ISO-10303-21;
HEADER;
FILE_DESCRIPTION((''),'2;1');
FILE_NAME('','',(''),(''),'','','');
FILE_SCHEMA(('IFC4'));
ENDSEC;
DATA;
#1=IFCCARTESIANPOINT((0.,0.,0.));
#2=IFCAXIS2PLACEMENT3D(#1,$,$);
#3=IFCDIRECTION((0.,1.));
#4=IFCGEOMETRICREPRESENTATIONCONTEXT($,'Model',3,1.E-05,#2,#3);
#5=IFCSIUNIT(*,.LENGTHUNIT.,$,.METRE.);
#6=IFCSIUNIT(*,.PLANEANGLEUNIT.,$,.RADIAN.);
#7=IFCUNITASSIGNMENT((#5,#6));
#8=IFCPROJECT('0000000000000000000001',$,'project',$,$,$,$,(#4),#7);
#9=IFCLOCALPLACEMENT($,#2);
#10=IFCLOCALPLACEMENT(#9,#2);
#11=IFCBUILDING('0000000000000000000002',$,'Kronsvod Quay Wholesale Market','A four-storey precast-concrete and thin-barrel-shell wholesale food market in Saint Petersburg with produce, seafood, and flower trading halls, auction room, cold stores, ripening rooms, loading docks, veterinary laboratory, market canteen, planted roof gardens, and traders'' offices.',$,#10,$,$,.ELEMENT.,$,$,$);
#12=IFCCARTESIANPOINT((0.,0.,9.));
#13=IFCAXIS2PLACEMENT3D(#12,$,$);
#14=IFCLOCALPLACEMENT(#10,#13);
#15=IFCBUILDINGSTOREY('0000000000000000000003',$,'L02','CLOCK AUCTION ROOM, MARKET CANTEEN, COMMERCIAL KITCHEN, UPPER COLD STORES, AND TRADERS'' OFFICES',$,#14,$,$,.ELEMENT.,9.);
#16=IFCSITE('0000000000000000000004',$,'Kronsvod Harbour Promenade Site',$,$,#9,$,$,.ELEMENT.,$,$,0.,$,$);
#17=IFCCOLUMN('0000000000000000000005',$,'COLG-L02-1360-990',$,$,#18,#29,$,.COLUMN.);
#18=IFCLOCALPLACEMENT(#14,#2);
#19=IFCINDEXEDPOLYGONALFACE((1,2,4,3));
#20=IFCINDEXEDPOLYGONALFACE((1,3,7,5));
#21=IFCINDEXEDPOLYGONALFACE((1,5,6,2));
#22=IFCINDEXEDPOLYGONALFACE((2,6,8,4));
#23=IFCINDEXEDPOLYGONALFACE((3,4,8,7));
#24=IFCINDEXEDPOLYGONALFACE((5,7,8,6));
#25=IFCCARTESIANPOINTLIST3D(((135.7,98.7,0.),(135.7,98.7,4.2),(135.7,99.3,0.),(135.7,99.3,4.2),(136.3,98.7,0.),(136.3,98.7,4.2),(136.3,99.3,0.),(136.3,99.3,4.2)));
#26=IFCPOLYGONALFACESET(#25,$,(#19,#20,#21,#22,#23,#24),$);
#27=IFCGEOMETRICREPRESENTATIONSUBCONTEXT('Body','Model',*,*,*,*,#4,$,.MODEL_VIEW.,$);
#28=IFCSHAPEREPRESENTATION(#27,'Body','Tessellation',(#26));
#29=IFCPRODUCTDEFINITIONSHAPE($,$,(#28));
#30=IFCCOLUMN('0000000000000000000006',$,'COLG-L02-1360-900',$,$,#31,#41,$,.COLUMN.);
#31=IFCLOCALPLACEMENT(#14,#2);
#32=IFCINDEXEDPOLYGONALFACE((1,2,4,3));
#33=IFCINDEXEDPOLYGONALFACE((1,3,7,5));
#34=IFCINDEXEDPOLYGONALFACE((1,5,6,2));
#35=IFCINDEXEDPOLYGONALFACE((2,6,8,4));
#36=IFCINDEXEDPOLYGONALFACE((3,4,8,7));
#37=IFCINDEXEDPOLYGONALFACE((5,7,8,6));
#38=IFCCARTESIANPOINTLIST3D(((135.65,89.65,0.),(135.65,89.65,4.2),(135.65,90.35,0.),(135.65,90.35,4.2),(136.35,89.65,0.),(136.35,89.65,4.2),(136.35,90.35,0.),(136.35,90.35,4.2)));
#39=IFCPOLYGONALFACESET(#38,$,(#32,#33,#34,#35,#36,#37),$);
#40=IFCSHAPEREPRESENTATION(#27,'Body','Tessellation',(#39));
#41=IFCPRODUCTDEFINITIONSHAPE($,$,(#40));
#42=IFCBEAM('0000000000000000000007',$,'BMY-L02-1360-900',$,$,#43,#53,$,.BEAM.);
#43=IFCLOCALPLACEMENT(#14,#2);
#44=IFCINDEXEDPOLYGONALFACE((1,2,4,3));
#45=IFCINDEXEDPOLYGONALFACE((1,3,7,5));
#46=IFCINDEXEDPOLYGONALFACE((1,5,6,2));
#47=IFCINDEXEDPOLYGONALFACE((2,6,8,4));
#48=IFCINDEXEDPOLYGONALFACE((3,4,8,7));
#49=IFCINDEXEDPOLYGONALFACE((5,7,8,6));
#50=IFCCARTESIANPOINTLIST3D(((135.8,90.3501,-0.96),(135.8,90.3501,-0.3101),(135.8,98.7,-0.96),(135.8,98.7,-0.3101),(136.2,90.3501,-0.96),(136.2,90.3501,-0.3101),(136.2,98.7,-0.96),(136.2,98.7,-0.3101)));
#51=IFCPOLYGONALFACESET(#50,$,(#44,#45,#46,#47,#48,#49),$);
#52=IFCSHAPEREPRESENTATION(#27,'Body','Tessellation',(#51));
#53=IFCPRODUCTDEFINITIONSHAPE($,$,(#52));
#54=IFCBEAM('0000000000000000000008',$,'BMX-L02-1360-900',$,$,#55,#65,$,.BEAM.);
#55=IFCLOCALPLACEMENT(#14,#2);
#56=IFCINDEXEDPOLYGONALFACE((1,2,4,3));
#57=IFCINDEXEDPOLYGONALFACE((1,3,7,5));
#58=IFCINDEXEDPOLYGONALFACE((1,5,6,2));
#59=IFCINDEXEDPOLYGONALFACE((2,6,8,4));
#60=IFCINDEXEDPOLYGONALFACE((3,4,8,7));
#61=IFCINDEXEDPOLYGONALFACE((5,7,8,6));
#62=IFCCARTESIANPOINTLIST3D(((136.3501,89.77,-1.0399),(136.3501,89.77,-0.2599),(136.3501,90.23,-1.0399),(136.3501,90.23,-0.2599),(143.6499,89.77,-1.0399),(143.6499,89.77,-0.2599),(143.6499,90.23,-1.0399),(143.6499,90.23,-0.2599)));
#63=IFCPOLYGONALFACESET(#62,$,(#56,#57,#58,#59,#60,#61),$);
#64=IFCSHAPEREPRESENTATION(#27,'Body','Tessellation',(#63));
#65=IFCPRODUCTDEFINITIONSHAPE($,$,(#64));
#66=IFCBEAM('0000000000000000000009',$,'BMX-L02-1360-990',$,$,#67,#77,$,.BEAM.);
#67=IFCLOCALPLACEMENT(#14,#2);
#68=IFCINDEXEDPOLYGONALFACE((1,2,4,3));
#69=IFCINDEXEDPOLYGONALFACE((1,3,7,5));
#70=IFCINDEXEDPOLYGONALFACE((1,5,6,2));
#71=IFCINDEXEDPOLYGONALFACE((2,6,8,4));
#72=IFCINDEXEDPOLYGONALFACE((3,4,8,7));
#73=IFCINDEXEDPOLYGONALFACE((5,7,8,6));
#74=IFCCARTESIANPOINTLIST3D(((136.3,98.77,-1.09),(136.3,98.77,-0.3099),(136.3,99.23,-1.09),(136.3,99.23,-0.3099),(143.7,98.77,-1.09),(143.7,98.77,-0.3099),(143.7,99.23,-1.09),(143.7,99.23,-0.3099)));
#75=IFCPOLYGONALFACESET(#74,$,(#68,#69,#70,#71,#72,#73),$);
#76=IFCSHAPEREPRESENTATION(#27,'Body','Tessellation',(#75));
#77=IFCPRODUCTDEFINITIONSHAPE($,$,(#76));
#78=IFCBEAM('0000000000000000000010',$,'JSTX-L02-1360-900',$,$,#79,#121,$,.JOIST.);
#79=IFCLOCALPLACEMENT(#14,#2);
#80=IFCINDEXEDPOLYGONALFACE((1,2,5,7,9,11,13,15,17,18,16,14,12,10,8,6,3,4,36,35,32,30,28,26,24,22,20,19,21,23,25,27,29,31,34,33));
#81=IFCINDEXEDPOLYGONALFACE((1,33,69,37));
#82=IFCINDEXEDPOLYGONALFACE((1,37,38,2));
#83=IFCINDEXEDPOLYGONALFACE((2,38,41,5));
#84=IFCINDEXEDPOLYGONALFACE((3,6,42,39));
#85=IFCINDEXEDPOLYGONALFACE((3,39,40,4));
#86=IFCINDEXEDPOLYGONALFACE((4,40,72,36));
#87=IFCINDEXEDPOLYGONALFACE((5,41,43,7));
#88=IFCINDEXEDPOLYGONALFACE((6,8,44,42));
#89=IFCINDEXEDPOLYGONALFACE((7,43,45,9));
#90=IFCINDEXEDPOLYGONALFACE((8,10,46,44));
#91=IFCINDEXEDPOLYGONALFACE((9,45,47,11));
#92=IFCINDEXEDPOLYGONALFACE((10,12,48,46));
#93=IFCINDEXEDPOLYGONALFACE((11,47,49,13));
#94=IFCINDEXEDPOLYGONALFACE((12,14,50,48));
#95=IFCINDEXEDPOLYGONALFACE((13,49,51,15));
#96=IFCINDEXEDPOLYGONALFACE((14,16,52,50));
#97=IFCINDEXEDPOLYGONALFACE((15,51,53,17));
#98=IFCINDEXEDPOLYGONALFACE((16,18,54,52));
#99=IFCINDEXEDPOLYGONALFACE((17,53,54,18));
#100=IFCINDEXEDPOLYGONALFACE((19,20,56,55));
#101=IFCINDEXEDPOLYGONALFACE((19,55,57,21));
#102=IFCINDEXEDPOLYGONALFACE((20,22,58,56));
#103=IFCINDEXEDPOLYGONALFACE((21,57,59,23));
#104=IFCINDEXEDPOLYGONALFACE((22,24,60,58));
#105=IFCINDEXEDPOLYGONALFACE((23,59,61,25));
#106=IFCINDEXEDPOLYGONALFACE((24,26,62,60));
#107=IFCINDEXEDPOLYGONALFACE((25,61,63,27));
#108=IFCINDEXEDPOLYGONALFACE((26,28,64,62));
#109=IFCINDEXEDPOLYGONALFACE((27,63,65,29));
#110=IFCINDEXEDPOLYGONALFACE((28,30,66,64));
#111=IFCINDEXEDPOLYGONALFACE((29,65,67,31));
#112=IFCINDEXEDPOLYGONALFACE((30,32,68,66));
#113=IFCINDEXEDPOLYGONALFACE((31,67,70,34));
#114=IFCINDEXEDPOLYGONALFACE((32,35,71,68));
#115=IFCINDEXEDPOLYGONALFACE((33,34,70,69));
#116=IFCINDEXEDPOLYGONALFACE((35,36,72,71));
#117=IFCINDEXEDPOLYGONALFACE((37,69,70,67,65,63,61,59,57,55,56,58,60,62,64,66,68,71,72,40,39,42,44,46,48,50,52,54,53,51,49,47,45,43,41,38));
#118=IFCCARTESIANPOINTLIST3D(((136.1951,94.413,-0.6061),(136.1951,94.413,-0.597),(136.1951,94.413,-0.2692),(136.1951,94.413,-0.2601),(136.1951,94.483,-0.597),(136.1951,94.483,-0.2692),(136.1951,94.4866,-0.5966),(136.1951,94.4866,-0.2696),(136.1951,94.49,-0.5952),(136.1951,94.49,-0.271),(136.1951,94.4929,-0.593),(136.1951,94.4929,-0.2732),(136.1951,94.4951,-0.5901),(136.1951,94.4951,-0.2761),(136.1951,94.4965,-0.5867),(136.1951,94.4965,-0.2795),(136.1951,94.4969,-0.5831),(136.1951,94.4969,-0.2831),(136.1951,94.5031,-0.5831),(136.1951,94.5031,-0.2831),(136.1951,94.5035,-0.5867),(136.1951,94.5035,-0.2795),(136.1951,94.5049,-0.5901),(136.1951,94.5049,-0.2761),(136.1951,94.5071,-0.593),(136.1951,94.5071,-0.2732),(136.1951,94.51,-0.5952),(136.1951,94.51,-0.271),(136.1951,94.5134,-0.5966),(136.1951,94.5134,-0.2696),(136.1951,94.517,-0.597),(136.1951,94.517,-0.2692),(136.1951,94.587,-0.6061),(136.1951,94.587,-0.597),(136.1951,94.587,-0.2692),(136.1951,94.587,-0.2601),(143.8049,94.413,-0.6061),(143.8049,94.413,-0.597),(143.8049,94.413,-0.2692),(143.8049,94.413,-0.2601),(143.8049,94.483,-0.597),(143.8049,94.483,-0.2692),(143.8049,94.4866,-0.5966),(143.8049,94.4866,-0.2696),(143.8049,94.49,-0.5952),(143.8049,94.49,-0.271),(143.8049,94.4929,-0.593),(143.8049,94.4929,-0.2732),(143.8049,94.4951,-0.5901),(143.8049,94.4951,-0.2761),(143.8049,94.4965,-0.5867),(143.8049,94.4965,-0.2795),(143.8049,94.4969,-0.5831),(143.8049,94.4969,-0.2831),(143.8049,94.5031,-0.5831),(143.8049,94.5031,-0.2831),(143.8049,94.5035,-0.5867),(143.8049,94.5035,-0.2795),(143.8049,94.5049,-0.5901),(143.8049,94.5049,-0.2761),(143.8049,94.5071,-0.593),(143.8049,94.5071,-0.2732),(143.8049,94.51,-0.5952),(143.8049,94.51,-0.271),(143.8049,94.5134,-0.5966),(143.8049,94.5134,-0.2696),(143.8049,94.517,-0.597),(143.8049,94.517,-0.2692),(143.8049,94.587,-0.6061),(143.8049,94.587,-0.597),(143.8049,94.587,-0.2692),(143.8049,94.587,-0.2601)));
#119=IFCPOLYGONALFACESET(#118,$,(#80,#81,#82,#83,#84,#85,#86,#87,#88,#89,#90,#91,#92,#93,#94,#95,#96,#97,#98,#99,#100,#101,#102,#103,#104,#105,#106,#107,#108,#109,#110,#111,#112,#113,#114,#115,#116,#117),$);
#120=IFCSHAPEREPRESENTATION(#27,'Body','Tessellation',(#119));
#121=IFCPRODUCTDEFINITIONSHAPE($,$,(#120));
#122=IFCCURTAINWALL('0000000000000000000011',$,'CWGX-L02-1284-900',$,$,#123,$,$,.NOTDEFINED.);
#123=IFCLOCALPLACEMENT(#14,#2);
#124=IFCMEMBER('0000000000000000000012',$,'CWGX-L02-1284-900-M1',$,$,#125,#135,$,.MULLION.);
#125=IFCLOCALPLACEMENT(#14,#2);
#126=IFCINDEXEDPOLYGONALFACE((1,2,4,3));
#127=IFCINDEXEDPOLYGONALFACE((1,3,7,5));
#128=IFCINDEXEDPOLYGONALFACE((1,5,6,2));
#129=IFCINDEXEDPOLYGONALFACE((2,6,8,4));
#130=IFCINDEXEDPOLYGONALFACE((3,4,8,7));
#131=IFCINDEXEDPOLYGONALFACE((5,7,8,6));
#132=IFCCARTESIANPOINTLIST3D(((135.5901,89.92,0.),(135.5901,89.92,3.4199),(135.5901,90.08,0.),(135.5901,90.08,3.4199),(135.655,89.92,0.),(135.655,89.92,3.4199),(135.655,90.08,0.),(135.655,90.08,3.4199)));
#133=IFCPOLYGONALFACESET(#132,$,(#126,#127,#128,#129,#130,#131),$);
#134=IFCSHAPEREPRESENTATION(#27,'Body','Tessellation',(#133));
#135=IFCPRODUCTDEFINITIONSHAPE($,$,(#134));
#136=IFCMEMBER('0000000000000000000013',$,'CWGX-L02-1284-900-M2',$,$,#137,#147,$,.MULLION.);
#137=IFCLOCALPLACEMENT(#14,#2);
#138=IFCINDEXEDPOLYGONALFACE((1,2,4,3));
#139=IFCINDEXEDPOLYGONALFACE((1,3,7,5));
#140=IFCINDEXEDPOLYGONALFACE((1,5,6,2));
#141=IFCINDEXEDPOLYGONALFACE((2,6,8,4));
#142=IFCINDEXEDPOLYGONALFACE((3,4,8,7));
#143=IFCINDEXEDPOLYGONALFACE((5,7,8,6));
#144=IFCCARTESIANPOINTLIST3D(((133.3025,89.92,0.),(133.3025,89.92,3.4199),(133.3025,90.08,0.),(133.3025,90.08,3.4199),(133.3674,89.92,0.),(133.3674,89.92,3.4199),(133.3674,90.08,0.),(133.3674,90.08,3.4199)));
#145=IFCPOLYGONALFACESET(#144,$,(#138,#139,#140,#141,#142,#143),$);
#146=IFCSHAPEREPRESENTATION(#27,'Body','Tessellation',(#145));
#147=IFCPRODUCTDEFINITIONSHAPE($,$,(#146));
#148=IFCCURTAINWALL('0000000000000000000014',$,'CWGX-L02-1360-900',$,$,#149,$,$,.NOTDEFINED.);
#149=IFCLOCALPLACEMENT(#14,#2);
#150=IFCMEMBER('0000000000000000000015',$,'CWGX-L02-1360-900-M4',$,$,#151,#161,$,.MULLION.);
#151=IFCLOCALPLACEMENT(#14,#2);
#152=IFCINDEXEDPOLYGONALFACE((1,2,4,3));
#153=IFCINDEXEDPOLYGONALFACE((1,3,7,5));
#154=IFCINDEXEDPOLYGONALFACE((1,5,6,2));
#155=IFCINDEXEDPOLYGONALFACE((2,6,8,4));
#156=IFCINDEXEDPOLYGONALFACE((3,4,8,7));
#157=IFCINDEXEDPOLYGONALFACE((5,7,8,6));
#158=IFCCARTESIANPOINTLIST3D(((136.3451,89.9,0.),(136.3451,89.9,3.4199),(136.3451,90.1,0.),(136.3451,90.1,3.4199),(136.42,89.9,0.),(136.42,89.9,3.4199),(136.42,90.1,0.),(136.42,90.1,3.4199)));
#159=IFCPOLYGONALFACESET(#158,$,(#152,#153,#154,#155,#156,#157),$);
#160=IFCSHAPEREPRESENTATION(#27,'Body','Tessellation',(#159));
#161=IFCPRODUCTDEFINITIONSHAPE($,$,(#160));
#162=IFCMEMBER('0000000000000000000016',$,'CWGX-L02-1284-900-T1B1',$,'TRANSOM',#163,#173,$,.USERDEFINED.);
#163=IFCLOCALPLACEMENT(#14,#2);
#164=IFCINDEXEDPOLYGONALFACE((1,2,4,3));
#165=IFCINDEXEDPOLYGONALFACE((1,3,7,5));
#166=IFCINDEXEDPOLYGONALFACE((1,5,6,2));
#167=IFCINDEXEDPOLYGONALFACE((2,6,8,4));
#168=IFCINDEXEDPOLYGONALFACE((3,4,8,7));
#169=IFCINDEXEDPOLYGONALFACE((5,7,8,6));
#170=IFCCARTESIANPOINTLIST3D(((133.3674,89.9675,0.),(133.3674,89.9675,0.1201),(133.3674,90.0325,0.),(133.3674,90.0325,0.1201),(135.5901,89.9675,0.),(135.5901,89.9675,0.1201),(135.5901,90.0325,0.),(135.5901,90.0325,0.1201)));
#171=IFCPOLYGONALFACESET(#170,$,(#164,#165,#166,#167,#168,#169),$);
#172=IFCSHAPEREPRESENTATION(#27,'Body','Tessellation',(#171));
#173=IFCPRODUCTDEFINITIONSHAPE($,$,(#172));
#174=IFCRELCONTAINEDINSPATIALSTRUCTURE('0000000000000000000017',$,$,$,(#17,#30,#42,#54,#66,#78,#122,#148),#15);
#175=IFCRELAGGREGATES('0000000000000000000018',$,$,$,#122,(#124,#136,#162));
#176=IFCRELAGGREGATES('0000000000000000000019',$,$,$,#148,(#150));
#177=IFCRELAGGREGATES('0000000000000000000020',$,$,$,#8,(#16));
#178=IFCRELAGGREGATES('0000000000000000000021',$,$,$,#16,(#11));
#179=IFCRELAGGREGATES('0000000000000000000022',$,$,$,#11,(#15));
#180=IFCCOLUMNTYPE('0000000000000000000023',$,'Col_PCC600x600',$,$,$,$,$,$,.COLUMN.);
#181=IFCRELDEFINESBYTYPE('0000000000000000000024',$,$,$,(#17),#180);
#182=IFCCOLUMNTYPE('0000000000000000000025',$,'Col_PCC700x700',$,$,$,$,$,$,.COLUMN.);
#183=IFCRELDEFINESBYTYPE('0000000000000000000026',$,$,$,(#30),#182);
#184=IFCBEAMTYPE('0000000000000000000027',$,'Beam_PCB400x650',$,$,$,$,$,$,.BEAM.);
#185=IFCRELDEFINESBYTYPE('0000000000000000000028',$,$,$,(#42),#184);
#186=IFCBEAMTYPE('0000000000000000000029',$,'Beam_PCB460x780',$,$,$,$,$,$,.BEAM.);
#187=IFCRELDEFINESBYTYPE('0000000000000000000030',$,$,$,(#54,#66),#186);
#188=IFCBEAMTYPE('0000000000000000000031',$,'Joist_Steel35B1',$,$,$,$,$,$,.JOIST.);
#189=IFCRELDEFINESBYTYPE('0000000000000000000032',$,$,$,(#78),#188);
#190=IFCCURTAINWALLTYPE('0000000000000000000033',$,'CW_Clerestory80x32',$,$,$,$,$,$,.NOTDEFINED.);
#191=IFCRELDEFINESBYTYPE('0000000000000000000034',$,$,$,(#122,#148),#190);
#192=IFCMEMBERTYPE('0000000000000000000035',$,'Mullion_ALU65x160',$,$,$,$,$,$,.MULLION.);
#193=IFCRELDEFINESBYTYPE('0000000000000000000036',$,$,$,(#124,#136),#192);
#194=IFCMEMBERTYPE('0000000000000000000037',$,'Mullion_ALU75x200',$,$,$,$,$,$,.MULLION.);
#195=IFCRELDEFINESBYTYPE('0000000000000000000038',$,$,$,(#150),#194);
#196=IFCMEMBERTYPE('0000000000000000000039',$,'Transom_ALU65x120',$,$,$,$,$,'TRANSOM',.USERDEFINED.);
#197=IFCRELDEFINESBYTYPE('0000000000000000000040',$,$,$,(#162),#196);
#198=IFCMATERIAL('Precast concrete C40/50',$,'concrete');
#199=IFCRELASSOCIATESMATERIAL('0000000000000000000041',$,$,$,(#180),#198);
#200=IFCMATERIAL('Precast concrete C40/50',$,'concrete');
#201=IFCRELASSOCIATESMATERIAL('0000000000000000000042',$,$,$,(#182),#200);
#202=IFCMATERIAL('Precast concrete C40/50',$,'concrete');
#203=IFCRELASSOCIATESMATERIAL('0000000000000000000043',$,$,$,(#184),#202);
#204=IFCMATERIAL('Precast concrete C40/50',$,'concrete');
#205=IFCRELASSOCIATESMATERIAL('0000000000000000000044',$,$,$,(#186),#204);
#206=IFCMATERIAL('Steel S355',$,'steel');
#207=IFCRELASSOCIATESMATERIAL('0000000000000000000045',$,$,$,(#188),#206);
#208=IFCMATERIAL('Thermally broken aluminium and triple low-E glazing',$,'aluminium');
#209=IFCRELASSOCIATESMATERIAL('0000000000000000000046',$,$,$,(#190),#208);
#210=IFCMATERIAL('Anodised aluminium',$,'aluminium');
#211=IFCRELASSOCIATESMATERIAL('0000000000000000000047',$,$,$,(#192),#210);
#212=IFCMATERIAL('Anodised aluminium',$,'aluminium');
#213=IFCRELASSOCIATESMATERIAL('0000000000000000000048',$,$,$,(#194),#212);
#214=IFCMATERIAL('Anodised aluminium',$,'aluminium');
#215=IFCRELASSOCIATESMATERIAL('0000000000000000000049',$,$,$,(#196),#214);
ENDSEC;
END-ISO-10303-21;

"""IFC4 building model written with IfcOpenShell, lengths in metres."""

from ifc_helpers import new_model, si_unit, direction, frame, origin, origin_2d, place, context, subcontext, project, spatial, rectangle, i_section, extrude, material, material_profile, profile_set, type_object, element, aggregate, save


model = new_model("IFC4")

# Units and contexts
model_context = context("Model", 3, precision=1e-05, world=origin(), true_north=direction((0.0, 1.0)))
body_context = subcontext(model_context, "Body", "Model", "MODEL_VIEW")
ifc_project = project(units=[si_unit("LENGTHUNIT", "METRE"), si_unit("PLANEANGLEUNIT", "RADIAN")], contexts=[model_context])

# Site, building, storey
site_placement = place(None, origin())
site = spatial("IfcSite", under=ifc_project, at=site_placement, Name="Kronsvod Harbour Promenade Site", CompositionType="ELEMENT", RefElevation=0.0)
building_placement = place(site_placement, origin())
building = spatial("IfcBuilding", under=site, at=building_placement, Name="Kronsvod Quay Wholesale Market", Description="A four-storey precast-concrete and thin-barrel-shell wholesale food market in Saint Petersburg with produce, seafood, and flower trading halls, auction room, cold stores, ripening rooms, loading docks, veterinary laboratory, market canteen, planted roof gardens, and traders' offices.", CompositionType="ELEMENT")
storey_placement = place(building_placement, frame((0.0, 0.0, 9.0)))
storey = spatial("IfcBuildingStorey", under=building, at=storey_placement, Name="L02", Description="CLOCK AUCTION ROOM, MARKET CANTEEN, COMMERCIAL KITCHEN, UPPER COLD STORES, AND TRADERS' OFFICES", CompositionType="ELEMENT", Elevation=9.0)

# Columns
ifc_material_1 = material(Name="Precast concrete C40/50", Category="concrete")
ifc_material_profile_1 = material_profile(ifc_material_1, rectangle(XDim=0.6001, YDim=0.6001, at=origin_2d()), Name="PCC600x600")
ifc_profile_set_1 = profile_set([ifc_material_profile_1], Name="Precast concrete C40/50")
column_type_1 = type_object("IfcColumnType", Name="Col_PCC600x600", PredefinedType="COLUMN", material=ifc_profile_set_1)
column_1_placement = place(storey_placement, frame((136.0, 99.0, 0.0), z_axis=(0.0, 0.0, 1.0), x_axis=(1.0, 0.0, 0.0)))
element("IfcColumn", 1, at=column_1_placement, inside=storey, type_object=column_type_1, Name="COLG-L02-1360-990", PredefinedType="COLUMN", context=body_context, shape_type="SweptSolid", body=[
    extrude(rectangle(XDim=0.6001, YDim=0.6001, at=origin_2d()), origin(), (0.0, 0.0, 1.0), 4.2),
])
ifc_material_2 = material(Name="Precast concrete C40/50", Category="concrete")
ifc_material_profile_2 = material_profile(ifc_material_2, rectangle(XDim=0.7, YDim=0.7, at=origin_2d()), Name="PCC700x700")
ifc_profile_set_2 = profile_set([ifc_material_profile_2], Name="Precast concrete C40/50")
column_type_2 = type_object("IfcColumnType", Name="Col_PCC700x700", PredefinedType="COLUMN", material=ifc_profile_set_2)
column_2_placement = place(storey_placement, frame((136.0, 90.0, 0.0), z_axis=(0.0, 0.0, 1.0), x_axis=(1.0, 0.0, 0.0)))
element("IfcColumn", 2, at=column_2_placement, inside=storey, type_object=column_type_2, Name="COLG-L02-1360-900", PredefinedType="COLUMN", context=body_context, shape_type="SweptSolid", body=[
    extrude(rectangle(XDim=0.7, YDim=0.7, at=origin_2d()), origin(), (0.0, 0.0, 1.0), 4.2),
])

# Beams
ifc_material_3 = material(Name="Precast concrete C40/50", Category="concrete")
ifc_material_profile_3 = material_profile(ifc_material_3, rectangle(XDim=0.3999, YDim=0.6499, at=origin_2d()), Name="PCB400x650")
ifc_profile_set_3 = profile_set([ifc_material_profile_3], Name="Precast concrete C40/50")
beam_type_1 = type_object("IfcBeamType", Name="Beam_PCB400x650", PredefinedType="BEAM", material=ifc_profile_set_3)
beam_1_placement = place(storey_placement, frame((136.0, 90.3501, -0.635), z_axis=(0.0, 1.0, 0.0), x_axis=(-1.0, 0.0, 0.0)))
element("IfcBeam", 3, at=beam_1_placement, inside=storey, type_object=beam_type_1, Name="BMY-L02-1360-900", PredefinedType="BEAM", context=body_context, shape_type="SweptSolid", body=[
    extrude(rectangle(XDim=0.3999, YDim=0.6499, at=origin_2d()), origin(), (0.0, 0.0, 1.0), 8.3499),
])
ifc_material_4 = material(Name="Precast concrete C40/50", Category="concrete")
ifc_material_profile_4 = material_profile(ifc_material_4, rectangle(XDim=0.46, YDim=0.78, at=origin_2d()), Name="PB-03")
ifc_profile_set_4 = profile_set([ifc_material_profile_4], Name="Precast concrete C40/50")
beam_type_2 = type_object("IfcBeamType", Name="Beam_PCB460x780", PredefinedType="BEAM", material=ifc_profile_set_4)
beam_2_placement = place(storey_placement, frame((136.3501, 90.0, -0.6499), z_axis=(1.0, 0.0, 0.0), x_axis=(0.0, 1.0, 0.0)))
element("IfcBeam", 4, at=beam_2_placement, inside=storey, type_object=beam_type_2, Name="BMX-L02-1360-900", PredefinedType="BEAM", context=body_context, shape_type="SweptSolid", body=[
    extrude(rectangle(XDim=0.46, YDim=0.78, at=origin_2d()), origin(), (0.0, 0.0, 1.0), 7.2998),
])
beam_3_placement = place(storey_placement, frame((136.3, 99.0, -0.7), z_axis=(1.0, 0.0, 0.0), x_axis=(0.0, 1.0, 0.0)))
element("IfcBeam", 5, at=beam_3_placement, inside=storey, type_object=beam_type_2, Name="BMX-L02-1360-990", PredefinedType="BEAM", context=body_context, shape_type="SweptSolid", body=[
    extrude(rectangle(XDim=0.46, YDim=0.78, at=origin_2d()), origin(), (0.0, 0.0, 1.0), 7.3999),
])
ifc_material_5 = material(Name="Steel S355", Category="steel")
ifc_material_profile_5 = material_profile(ifc_material_5, i_section(OverallWidth=0.1741, OverallDepth=0.3459, WebThickness=0.0061, FlangeThickness=0.009, FilletRadius=0.0139, at=origin_2d()), Name="35B1")
ifc_profile_set_5 = profile_set([ifc_material_profile_5], Name="Steel S355")
beam_type_3 = type_object("IfcBeamType", Name="Joist_Steel35B1", PredefinedType="JOIST", material=ifc_profile_set_5)
beam_4_placement = place(storey_placement, frame((136.1951, 94.5, -0.4331), z_axis=(1.0, 0.0, 0.0), x_axis=(0.0, 1.0, 0.0)))
element("IfcBeam", 6, at=beam_4_placement, inside=storey, type_object=beam_type_3, Name="JSTX-L02-1360-900", PredefinedType="JOIST", context=body_context, shape_type="SweptSolid", body=[
    extrude(i_section(OverallWidth=0.1741, OverallDepth=0.3459, WebThickness=0.0061, FlangeThickness=0.009, FilletRadius=0.0139, at=origin_2d()), origin(), (0.0, 0.0, 1.0), 7.6099),
])

# Curtain wall, members
ifc_material_6 = material(Name="Thermally broken aluminium and triple low-E glazing", Category="aluminium")
curtain_wall_type = type_object("IfcCurtainWallType", Name="CW_Clerestory80x32", PredefinedType="NOTDEFINED", material=ifc_material_6)
curtain_wall_1_placement = place(storey_placement, origin())
curtain_wall_1 = element("IfcCurtainWall", 7, at=curtain_wall_1_placement, inside=storey, type_object=curtain_wall_type, Name="CWGX-L02-1284-900", PredefinedType="NOTDEFINED")
ifc_material_7 = material(Name="Anodised aluminium", Category="aluminium")
ifc_material_profile_6 = material_profile(ifc_material_7, rectangle(XDim=0.0649, YDim=0.1599, at=origin_2d()), Name="ALUM65x160")
ifc_profile_set_6 = profile_set([ifc_material_profile_6], Name="Anodised aluminium")
member_type_1 = type_object("IfcMemberType", Name="Mullion_ALU65x160", PredefinedType="MULLION", material=ifc_profile_set_6)
member_1_placement = place(storey_placement, frame((135.6226, 90.0, 0.0), z_axis=(0.0, 0.0, 1.0), x_axis=(1.0, 0.0, 0.0)))
member_1 = element("IfcMember", 8, at=member_1_placement, type_object=member_type_1, Name="CWGX-L02-1284-900-M1", PredefinedType="MULLION", context=body_context, shape_type="SweptSolid", body=[
    extrude(rectangle(XDim=0.0649, YDim=0.1599, at=origin_2d()), origin(), (0.0, 0.0, 1.0), 3.4199),
])
member_2_placement = place(storey_placement, frame((133.335, 90.0, 0.0), z_axis=(0.0, 0.0, 1.0), x_axis=(1.0, 0.0, 0.0)))
member_2 = element("IfcMember", 9, at=member_2_placement, type_object=member_type_1, Name="CWGX-L02-1284-900-M2", PredefinedType="MULLION", context=body_context, shape_type="SweptSolid", body=[
    extrude(rectangle(XDim=0.0649, YDim=0.1599, at=origin_2d()), origin(), (0.0, 0.0, 1.0), 3.4199),
])

# Curtain wall, member
curtain_wall_2_placement = place(storey_placement, origin())
curtain_wall_2 = element("IfcCurtainWall", 10, at=curtain_wall_2_placement, inside=storey, type_object=curtain_wall_type, Name="CWGX-L02-1360-900", PredefinedType="NOTDEFINED")
ifc_material_8 = material(Name="Anodised aluminium", Category="aluminium")
ifc_material_profile_7 = material_profile(ifc_material_8, rectangle(XDim=0.075, YDim=0.2, at=origin_2d()), Name="ALUM75x200")
ifc_profile_set_7 = profile_set([ifc_material_profile_7], Name="Anodised aluminium")
member_type_2 = type_object("IfcMemberType", Name="Mullion_ALU75x200", PredefinedType="MULLION", material=ifc_profile_set_7)
member_3_placement = place(storey_placement, frame((136.3826, 90.0, 0.0), z_axis=(0.0, 0.0, 1.0), x_axis=(1.0, 0.0, 0.0)))
member_3 = element("IfcMember", 11, at=member_3_placement, type_object=member_type_2, Name="CWGX-L02-1360-900-M4", PredefinedType="MULLION", context=body_context, shape_type="SweptSolid", body=[
    extrude(rectangle(XDim=0.075, YDim=0.2, at=origin_2d()), origin(), (0.0, 0.0, 1.0), 3.4199),
])

# Member
ifc_material_9 = material(Name="Anodised aluminium", Category="aluminium")
ifc_material_profile_8 = material_profile(ifc_material_9, rectangle(XDim=0.0649, YDim=0.1201, at=origin_2d()), Name="ALUT65x120")
ifc_profile_set_8 = profile_set([ifc_material_profile_8], Name="Anodised aluminium")
member_type_3 = type_object("IfcMemberType", Name="Transom_ALU65x120", ElementType="TRANSOM", PredefinedType="USERDEFINED", material=ifc_profile_set_8)
member_4_placement = place(storey_placement, frame((135.5901, 90.0, 0.0601), z_axis=(-1.0, 0.0, 0.0), x_axis=(0.0, -1.0, 0.0)))
member_4 = element("IfcMember", 12, at=member_4_placement, type_object=member_type_3, Name="CWGX-L02-1284-900-T1B1", ObjectType="TRANSOM", PredefinedType="USERDEFINED", context=body_context, shape_type="SweptSolid", body=[
    extrude(rectangle(XDim=0.0649, YDim=0.1201, at=origin_2d()), origin(), (0.0, 0.0, 1.0), 2.2227),
])

aggregate(curtain_wall_1, [member_1, member_2, member_4])
aggregate(curtain_wall_2, [member_3])

save(model, "model.ifc")
